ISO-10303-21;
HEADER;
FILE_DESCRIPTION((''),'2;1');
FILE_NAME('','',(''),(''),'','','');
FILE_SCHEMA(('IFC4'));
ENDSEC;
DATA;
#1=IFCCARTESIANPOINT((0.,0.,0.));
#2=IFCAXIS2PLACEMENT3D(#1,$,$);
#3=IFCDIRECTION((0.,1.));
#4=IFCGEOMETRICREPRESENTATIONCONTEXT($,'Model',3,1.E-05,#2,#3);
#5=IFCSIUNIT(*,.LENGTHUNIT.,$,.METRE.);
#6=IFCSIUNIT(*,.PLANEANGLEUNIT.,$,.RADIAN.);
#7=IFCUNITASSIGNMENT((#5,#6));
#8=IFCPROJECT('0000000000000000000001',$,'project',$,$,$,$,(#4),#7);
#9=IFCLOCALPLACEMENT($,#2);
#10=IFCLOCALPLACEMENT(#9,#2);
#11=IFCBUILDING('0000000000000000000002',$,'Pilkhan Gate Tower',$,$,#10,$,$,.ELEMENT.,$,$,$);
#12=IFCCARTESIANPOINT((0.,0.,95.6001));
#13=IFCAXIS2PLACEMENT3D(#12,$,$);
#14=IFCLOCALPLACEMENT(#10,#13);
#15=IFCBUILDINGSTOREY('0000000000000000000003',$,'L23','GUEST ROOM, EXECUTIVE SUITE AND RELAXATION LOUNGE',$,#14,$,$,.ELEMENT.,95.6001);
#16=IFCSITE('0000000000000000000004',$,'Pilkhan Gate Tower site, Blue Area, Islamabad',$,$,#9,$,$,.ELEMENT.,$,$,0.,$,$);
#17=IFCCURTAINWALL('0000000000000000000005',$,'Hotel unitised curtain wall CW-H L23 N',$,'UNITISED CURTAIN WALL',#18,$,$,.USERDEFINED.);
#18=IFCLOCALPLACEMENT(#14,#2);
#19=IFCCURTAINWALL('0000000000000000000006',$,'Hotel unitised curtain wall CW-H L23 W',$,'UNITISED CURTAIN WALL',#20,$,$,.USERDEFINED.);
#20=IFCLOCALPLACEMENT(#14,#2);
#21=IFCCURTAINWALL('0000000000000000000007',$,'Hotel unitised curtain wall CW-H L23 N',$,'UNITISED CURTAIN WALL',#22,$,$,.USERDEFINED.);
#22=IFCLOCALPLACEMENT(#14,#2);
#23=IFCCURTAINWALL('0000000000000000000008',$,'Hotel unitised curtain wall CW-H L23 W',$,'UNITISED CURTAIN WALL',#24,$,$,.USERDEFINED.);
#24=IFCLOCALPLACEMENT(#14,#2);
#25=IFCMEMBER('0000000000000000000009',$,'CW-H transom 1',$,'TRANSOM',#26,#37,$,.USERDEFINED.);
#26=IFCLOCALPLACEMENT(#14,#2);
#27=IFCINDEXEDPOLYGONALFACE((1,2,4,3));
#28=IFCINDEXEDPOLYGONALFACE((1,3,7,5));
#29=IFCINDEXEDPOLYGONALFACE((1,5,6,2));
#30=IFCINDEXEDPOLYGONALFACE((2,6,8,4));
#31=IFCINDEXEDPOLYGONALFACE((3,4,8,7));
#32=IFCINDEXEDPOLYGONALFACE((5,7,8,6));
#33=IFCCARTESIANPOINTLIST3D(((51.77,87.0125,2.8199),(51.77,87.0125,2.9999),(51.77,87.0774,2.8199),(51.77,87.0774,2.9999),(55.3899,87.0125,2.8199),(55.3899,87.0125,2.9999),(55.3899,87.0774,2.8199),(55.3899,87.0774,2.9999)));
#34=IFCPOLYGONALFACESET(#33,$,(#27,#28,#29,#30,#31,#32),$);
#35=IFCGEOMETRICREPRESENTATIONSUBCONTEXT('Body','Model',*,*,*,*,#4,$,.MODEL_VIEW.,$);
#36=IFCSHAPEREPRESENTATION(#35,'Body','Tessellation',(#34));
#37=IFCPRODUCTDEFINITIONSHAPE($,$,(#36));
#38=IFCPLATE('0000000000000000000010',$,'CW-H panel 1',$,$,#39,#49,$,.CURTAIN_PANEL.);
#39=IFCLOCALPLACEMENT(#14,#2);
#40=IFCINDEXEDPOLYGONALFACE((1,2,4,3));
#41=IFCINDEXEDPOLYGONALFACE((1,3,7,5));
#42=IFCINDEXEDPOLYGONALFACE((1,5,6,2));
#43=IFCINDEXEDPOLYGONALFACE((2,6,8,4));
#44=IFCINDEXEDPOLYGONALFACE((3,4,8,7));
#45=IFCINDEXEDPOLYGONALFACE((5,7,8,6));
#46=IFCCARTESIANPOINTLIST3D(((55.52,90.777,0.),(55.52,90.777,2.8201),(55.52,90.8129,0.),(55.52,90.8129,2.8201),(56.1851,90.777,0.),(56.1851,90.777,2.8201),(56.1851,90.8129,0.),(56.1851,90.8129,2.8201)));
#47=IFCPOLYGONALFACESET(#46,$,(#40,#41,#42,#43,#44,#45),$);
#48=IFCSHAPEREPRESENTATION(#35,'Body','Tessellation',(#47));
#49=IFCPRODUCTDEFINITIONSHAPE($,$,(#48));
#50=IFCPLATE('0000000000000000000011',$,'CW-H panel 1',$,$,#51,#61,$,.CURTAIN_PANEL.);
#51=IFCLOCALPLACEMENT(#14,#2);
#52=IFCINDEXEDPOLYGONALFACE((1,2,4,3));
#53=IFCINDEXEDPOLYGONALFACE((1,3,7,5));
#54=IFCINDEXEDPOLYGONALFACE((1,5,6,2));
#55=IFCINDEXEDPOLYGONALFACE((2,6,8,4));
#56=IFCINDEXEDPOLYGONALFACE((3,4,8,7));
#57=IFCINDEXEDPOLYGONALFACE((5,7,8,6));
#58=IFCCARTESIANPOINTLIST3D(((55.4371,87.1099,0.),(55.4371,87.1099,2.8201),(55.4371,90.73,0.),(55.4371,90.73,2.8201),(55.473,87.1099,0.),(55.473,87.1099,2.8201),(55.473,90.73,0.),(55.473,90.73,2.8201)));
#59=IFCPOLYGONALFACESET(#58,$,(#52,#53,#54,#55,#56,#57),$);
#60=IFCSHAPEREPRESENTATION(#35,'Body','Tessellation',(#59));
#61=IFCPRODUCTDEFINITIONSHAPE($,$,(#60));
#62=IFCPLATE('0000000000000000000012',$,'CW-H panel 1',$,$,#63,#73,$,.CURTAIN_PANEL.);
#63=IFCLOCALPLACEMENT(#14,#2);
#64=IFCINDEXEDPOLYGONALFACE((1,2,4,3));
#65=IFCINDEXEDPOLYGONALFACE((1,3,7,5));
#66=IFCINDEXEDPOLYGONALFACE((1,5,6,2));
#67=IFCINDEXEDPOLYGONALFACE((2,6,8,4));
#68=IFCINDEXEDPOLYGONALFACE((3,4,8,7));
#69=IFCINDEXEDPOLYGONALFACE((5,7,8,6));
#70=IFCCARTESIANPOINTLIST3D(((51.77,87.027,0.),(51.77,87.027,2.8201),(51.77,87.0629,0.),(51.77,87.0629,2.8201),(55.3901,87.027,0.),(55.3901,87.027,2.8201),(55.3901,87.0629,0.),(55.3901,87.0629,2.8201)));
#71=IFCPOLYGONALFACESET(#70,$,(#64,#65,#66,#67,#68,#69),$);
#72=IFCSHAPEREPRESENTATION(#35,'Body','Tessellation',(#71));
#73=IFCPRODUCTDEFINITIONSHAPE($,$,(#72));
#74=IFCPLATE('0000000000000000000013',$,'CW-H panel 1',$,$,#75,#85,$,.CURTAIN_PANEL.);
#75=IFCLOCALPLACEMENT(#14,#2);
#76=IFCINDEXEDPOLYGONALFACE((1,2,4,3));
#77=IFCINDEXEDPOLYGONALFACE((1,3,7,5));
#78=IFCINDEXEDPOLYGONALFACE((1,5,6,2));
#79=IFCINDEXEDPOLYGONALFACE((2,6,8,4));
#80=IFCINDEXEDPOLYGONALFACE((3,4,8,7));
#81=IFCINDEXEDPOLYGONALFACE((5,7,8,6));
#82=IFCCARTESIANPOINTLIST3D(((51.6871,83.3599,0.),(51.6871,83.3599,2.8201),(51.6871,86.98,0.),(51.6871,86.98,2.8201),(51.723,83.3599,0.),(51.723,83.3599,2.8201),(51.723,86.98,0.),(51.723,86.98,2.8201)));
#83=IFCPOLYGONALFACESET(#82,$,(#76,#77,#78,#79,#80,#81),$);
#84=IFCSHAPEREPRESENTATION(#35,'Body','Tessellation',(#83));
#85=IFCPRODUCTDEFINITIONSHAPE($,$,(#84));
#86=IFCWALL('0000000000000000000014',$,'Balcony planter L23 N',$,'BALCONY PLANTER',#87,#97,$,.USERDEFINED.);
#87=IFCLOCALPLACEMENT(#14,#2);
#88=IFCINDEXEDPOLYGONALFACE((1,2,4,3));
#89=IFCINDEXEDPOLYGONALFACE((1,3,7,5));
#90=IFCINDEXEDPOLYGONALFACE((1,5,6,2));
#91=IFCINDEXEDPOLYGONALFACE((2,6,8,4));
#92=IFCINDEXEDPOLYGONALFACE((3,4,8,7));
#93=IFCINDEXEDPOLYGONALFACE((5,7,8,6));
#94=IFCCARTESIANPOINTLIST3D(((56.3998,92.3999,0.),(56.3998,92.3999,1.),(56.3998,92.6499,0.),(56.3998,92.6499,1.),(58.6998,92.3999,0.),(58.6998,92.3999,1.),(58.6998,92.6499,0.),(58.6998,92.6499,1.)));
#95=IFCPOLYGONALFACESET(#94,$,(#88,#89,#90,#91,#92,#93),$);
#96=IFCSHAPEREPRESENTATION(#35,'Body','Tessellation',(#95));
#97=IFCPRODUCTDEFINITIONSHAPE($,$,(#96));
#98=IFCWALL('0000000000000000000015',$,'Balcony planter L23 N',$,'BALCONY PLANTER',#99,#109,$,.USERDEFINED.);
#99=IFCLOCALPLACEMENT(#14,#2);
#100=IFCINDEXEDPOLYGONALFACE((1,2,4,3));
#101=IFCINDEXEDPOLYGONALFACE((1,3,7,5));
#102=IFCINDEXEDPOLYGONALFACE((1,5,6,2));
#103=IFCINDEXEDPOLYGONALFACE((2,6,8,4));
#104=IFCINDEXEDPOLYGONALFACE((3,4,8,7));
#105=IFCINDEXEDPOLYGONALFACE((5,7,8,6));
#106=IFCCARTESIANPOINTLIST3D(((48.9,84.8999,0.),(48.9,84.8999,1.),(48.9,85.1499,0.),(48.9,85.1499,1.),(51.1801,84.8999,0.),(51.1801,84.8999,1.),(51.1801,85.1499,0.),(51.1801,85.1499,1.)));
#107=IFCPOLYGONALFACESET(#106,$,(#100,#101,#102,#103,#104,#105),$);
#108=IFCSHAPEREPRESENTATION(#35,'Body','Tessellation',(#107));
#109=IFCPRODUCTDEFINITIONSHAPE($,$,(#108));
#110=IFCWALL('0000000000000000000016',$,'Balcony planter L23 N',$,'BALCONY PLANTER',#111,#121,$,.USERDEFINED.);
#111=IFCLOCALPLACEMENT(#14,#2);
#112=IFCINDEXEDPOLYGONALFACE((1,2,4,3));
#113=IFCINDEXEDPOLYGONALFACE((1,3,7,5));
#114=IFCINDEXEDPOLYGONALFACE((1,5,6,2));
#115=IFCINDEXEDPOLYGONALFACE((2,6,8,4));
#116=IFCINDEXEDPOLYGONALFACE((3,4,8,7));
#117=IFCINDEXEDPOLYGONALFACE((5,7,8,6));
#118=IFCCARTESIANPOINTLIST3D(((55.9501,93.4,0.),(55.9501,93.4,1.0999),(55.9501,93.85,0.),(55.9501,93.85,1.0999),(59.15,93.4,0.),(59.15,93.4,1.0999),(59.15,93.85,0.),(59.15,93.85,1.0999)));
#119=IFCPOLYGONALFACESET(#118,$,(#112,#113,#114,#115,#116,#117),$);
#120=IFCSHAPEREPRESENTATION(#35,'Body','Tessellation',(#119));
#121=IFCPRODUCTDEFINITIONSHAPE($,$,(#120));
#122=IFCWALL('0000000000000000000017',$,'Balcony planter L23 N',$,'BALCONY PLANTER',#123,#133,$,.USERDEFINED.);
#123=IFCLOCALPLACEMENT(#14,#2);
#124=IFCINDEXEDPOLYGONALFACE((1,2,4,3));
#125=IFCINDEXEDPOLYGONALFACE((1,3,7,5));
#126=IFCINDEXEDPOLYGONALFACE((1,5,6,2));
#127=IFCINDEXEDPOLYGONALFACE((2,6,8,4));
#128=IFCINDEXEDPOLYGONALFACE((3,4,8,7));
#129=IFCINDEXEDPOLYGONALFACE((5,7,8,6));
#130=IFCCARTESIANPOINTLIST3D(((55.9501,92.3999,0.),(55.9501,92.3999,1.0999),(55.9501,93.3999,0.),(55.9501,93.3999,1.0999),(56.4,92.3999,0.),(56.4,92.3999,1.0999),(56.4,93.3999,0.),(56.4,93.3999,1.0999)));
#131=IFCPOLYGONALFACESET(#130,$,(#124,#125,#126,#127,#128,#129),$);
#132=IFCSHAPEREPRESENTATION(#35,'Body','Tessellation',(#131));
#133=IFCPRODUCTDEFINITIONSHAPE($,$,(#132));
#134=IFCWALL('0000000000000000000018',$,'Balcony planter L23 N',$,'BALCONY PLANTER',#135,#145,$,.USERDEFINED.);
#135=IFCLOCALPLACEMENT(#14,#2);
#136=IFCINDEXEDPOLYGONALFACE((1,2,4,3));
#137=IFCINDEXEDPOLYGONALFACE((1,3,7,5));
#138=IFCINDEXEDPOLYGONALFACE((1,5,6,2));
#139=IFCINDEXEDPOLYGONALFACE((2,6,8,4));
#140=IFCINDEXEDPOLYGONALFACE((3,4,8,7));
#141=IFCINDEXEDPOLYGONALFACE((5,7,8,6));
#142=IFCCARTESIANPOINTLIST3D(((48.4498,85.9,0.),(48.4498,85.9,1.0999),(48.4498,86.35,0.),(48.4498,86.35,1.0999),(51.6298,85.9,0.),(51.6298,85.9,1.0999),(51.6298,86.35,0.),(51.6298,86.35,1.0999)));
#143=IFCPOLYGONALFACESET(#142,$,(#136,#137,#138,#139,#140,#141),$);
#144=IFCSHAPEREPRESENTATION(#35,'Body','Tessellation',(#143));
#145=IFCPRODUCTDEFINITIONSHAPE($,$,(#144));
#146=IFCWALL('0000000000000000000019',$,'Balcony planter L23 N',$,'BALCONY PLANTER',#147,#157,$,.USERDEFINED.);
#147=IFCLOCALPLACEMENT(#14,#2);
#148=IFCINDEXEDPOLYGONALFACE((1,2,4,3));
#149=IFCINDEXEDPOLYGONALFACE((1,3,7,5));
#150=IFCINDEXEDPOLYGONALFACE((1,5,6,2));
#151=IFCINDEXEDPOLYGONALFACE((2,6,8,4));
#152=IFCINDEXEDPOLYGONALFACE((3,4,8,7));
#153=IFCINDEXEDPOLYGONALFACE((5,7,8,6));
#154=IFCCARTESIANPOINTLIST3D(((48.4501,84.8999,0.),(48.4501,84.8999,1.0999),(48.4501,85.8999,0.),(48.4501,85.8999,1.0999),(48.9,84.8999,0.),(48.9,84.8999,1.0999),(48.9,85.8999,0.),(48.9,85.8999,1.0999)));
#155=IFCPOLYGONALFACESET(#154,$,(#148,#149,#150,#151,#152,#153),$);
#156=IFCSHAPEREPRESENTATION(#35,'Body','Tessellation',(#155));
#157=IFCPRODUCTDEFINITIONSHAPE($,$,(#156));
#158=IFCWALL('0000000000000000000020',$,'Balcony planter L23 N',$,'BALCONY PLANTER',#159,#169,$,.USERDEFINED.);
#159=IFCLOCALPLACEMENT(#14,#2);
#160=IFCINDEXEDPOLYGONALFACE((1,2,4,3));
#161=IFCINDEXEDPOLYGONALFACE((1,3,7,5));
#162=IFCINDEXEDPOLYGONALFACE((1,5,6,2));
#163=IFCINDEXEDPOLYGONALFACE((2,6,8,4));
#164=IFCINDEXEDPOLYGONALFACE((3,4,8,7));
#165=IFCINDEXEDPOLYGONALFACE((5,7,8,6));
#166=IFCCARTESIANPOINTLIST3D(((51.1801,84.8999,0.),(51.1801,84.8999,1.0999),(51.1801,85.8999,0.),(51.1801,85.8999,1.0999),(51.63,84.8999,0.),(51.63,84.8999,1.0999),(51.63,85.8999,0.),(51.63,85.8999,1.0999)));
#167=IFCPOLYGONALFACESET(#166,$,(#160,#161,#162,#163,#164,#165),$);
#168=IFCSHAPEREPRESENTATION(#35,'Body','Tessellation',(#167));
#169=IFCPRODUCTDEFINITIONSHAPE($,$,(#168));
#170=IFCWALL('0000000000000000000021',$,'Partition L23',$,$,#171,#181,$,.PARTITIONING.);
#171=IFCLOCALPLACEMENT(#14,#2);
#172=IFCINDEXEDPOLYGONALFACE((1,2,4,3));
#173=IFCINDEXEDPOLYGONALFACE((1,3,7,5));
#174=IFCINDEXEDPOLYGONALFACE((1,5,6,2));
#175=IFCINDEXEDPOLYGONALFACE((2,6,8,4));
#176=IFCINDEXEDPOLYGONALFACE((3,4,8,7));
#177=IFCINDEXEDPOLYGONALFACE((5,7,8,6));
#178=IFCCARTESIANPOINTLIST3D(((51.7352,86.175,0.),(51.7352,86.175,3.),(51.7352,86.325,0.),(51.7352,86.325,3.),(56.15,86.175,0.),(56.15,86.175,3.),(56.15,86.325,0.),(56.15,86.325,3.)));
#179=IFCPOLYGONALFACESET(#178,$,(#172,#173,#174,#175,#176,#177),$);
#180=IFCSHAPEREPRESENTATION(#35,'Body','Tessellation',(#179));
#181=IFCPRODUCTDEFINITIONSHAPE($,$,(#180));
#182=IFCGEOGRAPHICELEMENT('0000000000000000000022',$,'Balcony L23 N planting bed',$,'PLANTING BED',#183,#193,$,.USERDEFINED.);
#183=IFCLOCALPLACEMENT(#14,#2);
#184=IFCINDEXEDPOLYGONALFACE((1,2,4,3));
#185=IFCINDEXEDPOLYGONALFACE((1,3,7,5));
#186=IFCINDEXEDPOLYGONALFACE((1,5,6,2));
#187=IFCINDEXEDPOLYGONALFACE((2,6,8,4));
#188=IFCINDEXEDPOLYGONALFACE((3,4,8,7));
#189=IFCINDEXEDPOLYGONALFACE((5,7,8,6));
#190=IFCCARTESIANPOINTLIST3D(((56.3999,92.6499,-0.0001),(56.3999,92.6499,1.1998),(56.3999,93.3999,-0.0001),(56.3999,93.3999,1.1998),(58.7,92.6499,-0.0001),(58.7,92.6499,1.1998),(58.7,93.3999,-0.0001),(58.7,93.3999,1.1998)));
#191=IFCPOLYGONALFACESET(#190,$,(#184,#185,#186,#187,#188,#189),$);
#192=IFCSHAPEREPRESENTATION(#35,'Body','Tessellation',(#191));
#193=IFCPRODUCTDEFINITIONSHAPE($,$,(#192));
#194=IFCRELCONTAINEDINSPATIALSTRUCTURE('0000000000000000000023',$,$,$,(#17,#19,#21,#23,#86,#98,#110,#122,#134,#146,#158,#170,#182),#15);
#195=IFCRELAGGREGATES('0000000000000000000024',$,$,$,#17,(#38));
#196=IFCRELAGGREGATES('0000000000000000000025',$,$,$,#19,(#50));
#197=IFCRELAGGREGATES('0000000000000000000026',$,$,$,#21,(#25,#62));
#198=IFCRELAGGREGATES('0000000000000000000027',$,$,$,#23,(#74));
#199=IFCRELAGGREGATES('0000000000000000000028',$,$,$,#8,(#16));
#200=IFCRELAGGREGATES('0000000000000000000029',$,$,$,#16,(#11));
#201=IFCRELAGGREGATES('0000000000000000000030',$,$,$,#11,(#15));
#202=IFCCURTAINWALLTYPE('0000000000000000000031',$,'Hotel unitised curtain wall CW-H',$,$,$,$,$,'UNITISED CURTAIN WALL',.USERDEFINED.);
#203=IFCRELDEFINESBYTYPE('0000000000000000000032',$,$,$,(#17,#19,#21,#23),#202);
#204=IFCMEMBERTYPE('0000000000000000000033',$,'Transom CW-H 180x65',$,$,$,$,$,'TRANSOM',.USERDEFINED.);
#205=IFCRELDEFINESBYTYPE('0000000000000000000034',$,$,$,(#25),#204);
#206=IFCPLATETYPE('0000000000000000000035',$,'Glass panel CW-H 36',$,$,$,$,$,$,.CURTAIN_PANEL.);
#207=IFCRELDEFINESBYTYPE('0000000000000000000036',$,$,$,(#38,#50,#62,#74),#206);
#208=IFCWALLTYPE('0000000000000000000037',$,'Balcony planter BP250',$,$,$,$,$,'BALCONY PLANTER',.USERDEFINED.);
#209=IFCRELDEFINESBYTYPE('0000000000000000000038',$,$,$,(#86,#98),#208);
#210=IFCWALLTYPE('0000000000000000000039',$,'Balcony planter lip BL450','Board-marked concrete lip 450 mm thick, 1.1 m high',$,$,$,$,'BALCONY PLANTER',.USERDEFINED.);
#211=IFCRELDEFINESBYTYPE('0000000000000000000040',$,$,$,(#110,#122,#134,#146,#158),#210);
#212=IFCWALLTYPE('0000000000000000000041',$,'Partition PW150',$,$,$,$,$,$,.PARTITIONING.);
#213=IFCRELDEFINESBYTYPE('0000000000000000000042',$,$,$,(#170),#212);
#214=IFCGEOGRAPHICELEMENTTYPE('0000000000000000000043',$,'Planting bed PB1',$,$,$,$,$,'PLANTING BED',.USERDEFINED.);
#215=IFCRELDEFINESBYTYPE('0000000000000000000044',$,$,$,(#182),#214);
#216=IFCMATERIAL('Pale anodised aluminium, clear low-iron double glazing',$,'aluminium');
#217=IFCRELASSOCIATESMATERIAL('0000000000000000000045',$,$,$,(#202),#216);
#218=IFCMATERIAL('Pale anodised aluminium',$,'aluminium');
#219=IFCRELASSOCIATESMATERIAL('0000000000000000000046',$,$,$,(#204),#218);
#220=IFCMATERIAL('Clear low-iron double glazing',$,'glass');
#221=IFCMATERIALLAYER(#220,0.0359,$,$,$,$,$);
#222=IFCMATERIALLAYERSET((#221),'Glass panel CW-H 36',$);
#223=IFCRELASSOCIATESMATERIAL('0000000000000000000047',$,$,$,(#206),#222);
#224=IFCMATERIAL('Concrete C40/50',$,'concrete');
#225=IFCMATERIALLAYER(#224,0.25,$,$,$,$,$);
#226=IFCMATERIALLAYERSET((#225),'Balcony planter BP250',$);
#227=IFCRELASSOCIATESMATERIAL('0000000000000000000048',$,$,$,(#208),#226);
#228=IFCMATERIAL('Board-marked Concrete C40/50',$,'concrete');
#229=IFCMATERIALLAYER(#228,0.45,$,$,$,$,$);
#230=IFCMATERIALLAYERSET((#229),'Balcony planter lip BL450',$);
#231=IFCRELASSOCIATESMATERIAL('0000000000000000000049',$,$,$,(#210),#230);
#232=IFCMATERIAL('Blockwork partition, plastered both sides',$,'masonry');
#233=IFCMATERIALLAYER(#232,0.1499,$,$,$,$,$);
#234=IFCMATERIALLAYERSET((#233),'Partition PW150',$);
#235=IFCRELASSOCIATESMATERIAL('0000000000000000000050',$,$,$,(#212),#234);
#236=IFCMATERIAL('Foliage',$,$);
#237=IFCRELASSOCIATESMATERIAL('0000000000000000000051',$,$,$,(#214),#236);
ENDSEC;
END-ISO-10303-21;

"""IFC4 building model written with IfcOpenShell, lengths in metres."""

from ifc_helpers import new_model, si_unit, direction, frame, frame_2d, origin, origin_2d, place, context, subcontext, project, spatial, rectangle, extrude, material, layer, layer_set, material_profile, profile_set, type_object, element, aggregate, save


model = new_model("IFC4")

# Units and contexts
model_context = context("Model", 3, precision=1e-05, world=origin(), true_north=direction((0.0, 1.0)))
body_context = subcontext(model_context, "Body", "Model", "MODEL_VIEW")
ifc_project = project(units=[si_unit("LENGTHUNIT", "METRE"), si_unit("PLANEANGLEUNIT", "RADIAN")], contexts=[model_context])

# Site, building, storey
site_placement = place(None, origin())
site = spatial("IfcSite", under=ifc_project, at=site_placement, Name="Pilkhan Gate Tower site, Blue Area, Islamabad", CompositionType="ELEMENT", RefElevation=0.0)
building_placement = place(site_placement, origin())
building = spatial("IfcBuilding", under=site, at=building_placement, Name="Pilkhan Gate Tower", CompositionType="ELEMENT")
storey_placement = place(building_placement, frame((0.0, 0.0, 95.6001)))
storey = spatial("IfcBuildingStorey", under=building, at=storey_placement, Name="L23", Description="GUEST ROOM, EXECUTIVE SUITE AND RELAXATION LOUNGE", CompositionType="ELEMENT", Elevation=95.6001)

# Curtain walls
ifc_material_1 = material(Name="Pale anodised aluminium, clear low-iron double glazing", Category="aluminium")
curtain_wall_type = type_object("IfcCurtainWallType", Name="Hotel unitised curtain wall CW-H", ElementType="UNITISED CURTAIN WALL", PredefinedType="USERDEFINED", material=ifc_material_1)
curtain_wall_1_placement = place(storey_placement, origin())
curtain_wall_1 = element("IfcCurtainWall", 1, at=curtain_wall_1_placement, inside=storey, type_object=curtain_wall_type, Name="Hotel unitised curtain wall CW-H L23 N", ObjectType="UNITISED CURTAIN WALL", PredefinedType="USERDEFINED")
ifc_material_2 = material(Name="Pale anodised aluminium", Category="aluminium")
curtain_wall_2_placement = place(storey_placement, origin())
curtain_wall_2 = element("IfcCurtainWall", 2, at=curtain_wall_2_placement, inside=storey, type_object=curtain_wall_type, Name="Hotel unitised curtain wall CW-H L23 W", ObjectType="UNITISED CURTAIN WALL", PredefinedType="USERDEFINED")
curtain_wall_3_placement = place(storey_placement, origin())
curtain_wall_3 = element("IfcCurtainWall", 3, at=curtain_wall_3_placement, inside=storey, type_object=curtain_wall_type, Name="Hotel unitised curtain wall CW-H L23 N", ObjectType="UNITISED CURTAIN WALL", PredefinedType="USERDEFINED")

# Curtain wall
curtain_wall_4_placement = place(storey_placement, origin())
curtain_wall_4 = element("IfcCurtainWall", 4, at=curtain_wall_4_placement, inside=storey, type_object=curtain_wall_type, Name="Hotel unitised curtain wall CW-H L23 W", ObjectType="UNITISED CURTAIN WALL", PredefinedType="USERDEFINED")

# Member
ifc_material_profile_1 = material_profile(ifc_material_2, rectangle(XDim=0.0649, YDim=0.1799, at=origin_2d()), Name="Transom 180x65")
ifc_profile_set_1 = profile_set([ifc_material_profile_1], Name="Pale anodised aluminium")
member_type_1 = type_object("IfcMemberType", Name="Transom CW-H 180x65", ElementType="TRANSOM", PredefinedType="USERDEFINED", material=ifc_profile_set_1)
member_1_placement = place(storey_placement, frame((51.77, 87.0449, 2.9099), z_axis=(1.0, 0.0, 0.0), x_axis=(0.0, 1.0, 0.0)))
member_1 = element("IfcMember", 5, at=member_1_placement, type_object=member_type_1, Name="CW-H transom 1", ObjectType="TRANSOM", PredefinedType="USERDEFINED", context=body_context, shape_type="SweptSolid", body=[
    extrude(rectangle(XDim=0.0649, YDim=0.1799, at=origin_2d()), origin(), (0.0, 0.0, 1.0), 3.6199),
])

# Plates
ifc_material_3 = material(Name="Clear low-iron double glazing", Category="glass")
ifc_layer_1 = layer(ifc_material_3, 0.0359)
ifc_layer_set_1 = layer_set([ifc_layer_1], Name="Glass panel CW-H 36")
plate_type = type_object("IfcPlateType", Name="Glass panel CW-H 36", PredefinedType="CURTAIN_PANEL", material=ifc_layer_set_1)
plate_1_placement = place(storey_placement, frame((55.8525, 90.7949, 0.0), z_axis=(0.0, 0.0, 1.0), x_axis=(1.0, 0.0, 0.0)))
plate_1 = element("IfcPlate", 6, at=plate_1_placement, type_object=plate_type, Name="CW-H panel 1", PredefinedType="CURTAIN_PANEL", context=body_context, shape_type="SweptSolid", body=[
    extrude(rectangle(XDim=0.665, YDim=0.0359, at=origin_2d()), origin(), (0.0, 0.0, 1.0), 2.8201),
])
aggregate(curtain_wall_1, [plate_1])
plate_2_placement = place(storey_placement, frame((55.4551, 88.9199, 0.0), z_axis=(0.0, 0.0, 1.0), x_axis=(0.0, 1.0, 0.0)))
plate_2 = element("IfcPlate", 7, at=plate_2_placement, type_object=plate_type, Name="CW-H panel 1", PredefinedType="CURTAIN_PANEL", context=body_context, shape_type="SweptSolid", body=[
    extrude(rectangle(XDim=3.6201, YDim=0.0359, at=origin_2d()), origin(), (0.0, 0.0, 1.0), 2.8201),
])
aggregate(curtain_wall_2, [plate_2])
plate_3_placement = place(storey_placement, frame((53.5801, 87.0449, 0.0), z_axis=(0.0, 0.0, 1.0), x_axis=(1.0, 0.0, 0.0)))
plate_3 = element("IfcPlate", 8, at=plate_3_placement, type_object=plate_type, Name="CW-H panel 1", PredefinedType="CURTAIN_PANEL", context=body_context, shape_type="SweptSolid", body=[
    extrude(rectangle(XDim=3.6201, YDim=0.0359, at=origin_2d()), origin(), (0.0, 0.0, 1.0), 2.8201),
])
aggregate(curtain_wall_3, [member_1, plate_3])
plate_4_placement = place(storey_placement, frame((51.7051, 85.1699, 0.0), z_axis=(0.0, 0.0, 1.0), x_axis=(0.0, 1.0, 0.0)))
plate_4 = element("IfcPlate", 9, at=plate_4_placement, type_object=plate_type, Name="CW-H panel 1", PredefinedType="CURTAIN_PANEL", context=body_context, shape_type="SweptSolid", body=[
    extrude(rectangle(XDim=3.6201, YDim=0.0359, at=origin_2d()), origin(), (0.0, 0.0, 1.0), 2.8201),
])
aggregate(curtain_wall_4, [plate_4])

# Walls
ifc_material_4 = material(Name="Concrete C40/50", Category="concrete")
ifc_layer_2 = layer(ifc_material_4, 0.25)
ifc_layer_set_2 = layer_set([ifc_layer_2], Name="Balcony planter BP250")
wall_type_1 = type_object("IfcWallType", Name="Balcony planter BP250", ElementType="BALCONY PLANTER", PredefinedType="USERDEFINED", material=ifc_layer_set_2)
wall_1_placement = place(storey_placement, frame((56.3999, 92.5249, 0.0), z_axis=(0.0, 0.0, 1.0), x_axis=(1.0, 0.0, 0.0)))
element("IfcWall", 10, at=wall_1_placement, inside=storey, type_object=wall_type_1, Name="Balcony planter L23 N", ObjectType="BALCONY PLANTER", PredefinedType="USERDEFINED", context=body_context, shape_type="SweptSolid", body=[
    extrude(rectangle(XDim=2.3, YDim=0.25, at=frame_2d((1.1499, 0.0))), origin(), (0.0, 0.0, 1.0), 1.0),
])
wall_2_placement = place(storey_placement, frame((48.8999, 85.0249, 0.0), z_axis=(0.0, 0.0, 1.0), x_axis=(1.0, 0.0, 0.0)))
element("IfcWall", 11, at=wall_2_placement, inside=storey, type_object=wall_type_1, Name="Balcony planter L23 N", ObjectType="BALCONY PLANTER", PredefinedType="USERDEFINED", context=body_context, shape_type="SweptSolid", body=[
    extrude(rectangle(XDim=2.28, YDim=0.25, at=frame_2d((1.1401, 0.0))), origin(), (0.0, 0.0, 1.0), 1.0),
])
ifc_material_5 = material(Name="Board-marked Concrete C40/50", Category="concrete")
ifc_layer_3 = layer(ifc_material_5, 0.45)
ifc_layer_set_3 = layer_set([ifc_layer_3], Name="Balcony planter lip BL450")
wall_type_2 = type_object("IfcWallType", Name="Balcony planter lip BL450", Description="Board-marked concrete lip 450 mm thick, 1.1 m high", ElementType="BALCONY PLANTER", PredefinedType="USERDEFINED", material=ifc_layer_set_3)
wall_3_placement = place(storey_placement, frame((55.95, 93.625, 0.0), z_axis=(0.0, 0.0, 1.0), x_axis=(1.0, 0.0, 0.0)))
element("IfcWall", 12, at=wall_3_placement, inside=storey, type_object=wall_type_2, Name="Balcony planter L23 N", ObjectType="BALCONY PLANTER", PredefinedType="USERDEFINED", context=body_context, shape_type="SweptSolid", body=[
    extrude(rectangle(XDim=3.2, YDim=0.45, at=frame_2d((1.6001, 0.0))), origin(), (0.0, 0.0, 1.0), 1.0999),
])
wall_4_placement = place(storey_placement, frame((56.175, 92.3999, 0.0), z_axis=(0.0, 0.0, 1.0), x_axis=(0.0, 1.0, 0.0)))
element("IfcWall", 13, at=wall_4_placement, inside=storey, type_object=wall_type_2, Name="Balcony planter L23 N", ObjectType="BALCONY PLANTER", PredefinedType="USERDEFINED", context=body_context, shape_type="SweptSolid", body=[
    extrude(rectangle(XDim=1.0, YDim=0.45, at=frame_2d((0.5, 0.0))), origin(), (0.0, 0.0, 1.0), 1.0999),
])
wall_5_placement = place(storey_placement, frame((48.45, 86.125, 0.0), z_axis=(0.0, 0.0, 1.0), x_axis=(1.0, 0.0, 0.0)))
element("IfcWall", 14, at=wall_5_placement, inside=storey, type_object=wall_type_2, Name="Balcony planter L23 N", ObjectType="BALCONY PLANTER", PredefinedType="USERDEFINED", context=body_context, shape_type="SweptSolid", body=[
    extrude(rectangle(XDim=3.1799, YDim=0.45, at=frame_2d((1.5898, 0.0))), origin(), (0.0, 0.0, 1.0), 1.0999),
])
for number, where, z_axis, x_axis, name in (
    (15, (48.675, 84.8999, 0.0), (0.0, 0.0, 1.0), (0.0, 1.0, 0.0), "Balcony planter L23 N"),
    (16, (51.405, 84.8999, 0.0), (0.0, 0.0, 1.0), (0.0, 1.0, 0.0), "Balcony planter L23 N"),
):
    element("IfcWall", number, at=place(storey_placement, frame(where, z_axis=z_axis, x_axis=x_axis)), inside=storey, type_object=wall_type_2, Name=name, ObjectType="BALCONY PLANTER", PredefinedType="USERDEFINED", context=body_context, shape_type="SweptSolid", body=[
        extrude(rectangle(XDim=1.0, YDim=0.45, at=frame_2d((0.5, 0.0))), origin(), (0.0, 0.0, 1.0), 1.0999),
    ])

# Wall
ifc_material_6 = material(Name="Blockwork partition, plastered both sides", Category="masonry")
ifc_layer_4 = layer(ifc_material_6, 0.1499)
ifc_layer_set_4 = layer_set([ifc_layer_4], Name="Partition PW150")
wall_type_3 = type_object("IfcWallType", Name="Partition PW150", PredefinedType="PARTITIONING", material=ifc_layer_set_4)
wall_6_placement = place(storey_placement, frame((51.7351, 86.25, 0.0), z_axis=(0.0, 0.0, 1.0), x_axis=(1.0, 0.0, 0.0)))
element("IfcWall", 17, at=wall_6_placement, inside=storey, type_object=wall_type_3, Name="Partition L23", PredefinedType="PARTITIONING", context=body_context, shape_type="SweptSolid", body=[
    extrude(rectangle(XDim=4.4148, YDim=0.1499, at=frame_2d((2.2075, 0.0))), origin(), (0.0, 0.0, 1.0), 3.0),
])

# Geographic element
ifc_material_7 = material(Name="Foliage")
ifc_material_profile_2 = material_profile(ifc_material_7, rectangle(XDim=0.75, YDim=1.2, at=origin_2d()), Name="Bed 750x1200")
ifc_profile_set_2 = profile_set([ifc_material_profile_2], Name="Foliage")
geographic_element_type_1 = type_object("IfcGeographicElementType", Name="Planting bed PB1", ElementType="PLANTING BED", PredefinedType="USERDEFINED", material=ifc_profile_set_2)
geographic_element_1_placement = place(storey_placement, frame((56.3999, 93.0249, 0.5999), z_axis=(1.0, 0.0, 0.0), x_axis=(0.0, 1.0, 0.0)))
element("IfcGeographicElement", 18, at=geographic_element_1_placement, inside=storey, type_object=geographic_element_type_1, Name="Balcony L23 N planting bed", ObjectType="PLANTING BED", PredefinedType="USERDEFINED", context=body_context, shape_type="SweptSolid", body=[
    extrude(rectangle(XDim=0.75, YDim=1.2, at=origin_2d()), origin(), (0.0, 0.0, 1.0), 2.3),
])

save(model, "model.ifc")
